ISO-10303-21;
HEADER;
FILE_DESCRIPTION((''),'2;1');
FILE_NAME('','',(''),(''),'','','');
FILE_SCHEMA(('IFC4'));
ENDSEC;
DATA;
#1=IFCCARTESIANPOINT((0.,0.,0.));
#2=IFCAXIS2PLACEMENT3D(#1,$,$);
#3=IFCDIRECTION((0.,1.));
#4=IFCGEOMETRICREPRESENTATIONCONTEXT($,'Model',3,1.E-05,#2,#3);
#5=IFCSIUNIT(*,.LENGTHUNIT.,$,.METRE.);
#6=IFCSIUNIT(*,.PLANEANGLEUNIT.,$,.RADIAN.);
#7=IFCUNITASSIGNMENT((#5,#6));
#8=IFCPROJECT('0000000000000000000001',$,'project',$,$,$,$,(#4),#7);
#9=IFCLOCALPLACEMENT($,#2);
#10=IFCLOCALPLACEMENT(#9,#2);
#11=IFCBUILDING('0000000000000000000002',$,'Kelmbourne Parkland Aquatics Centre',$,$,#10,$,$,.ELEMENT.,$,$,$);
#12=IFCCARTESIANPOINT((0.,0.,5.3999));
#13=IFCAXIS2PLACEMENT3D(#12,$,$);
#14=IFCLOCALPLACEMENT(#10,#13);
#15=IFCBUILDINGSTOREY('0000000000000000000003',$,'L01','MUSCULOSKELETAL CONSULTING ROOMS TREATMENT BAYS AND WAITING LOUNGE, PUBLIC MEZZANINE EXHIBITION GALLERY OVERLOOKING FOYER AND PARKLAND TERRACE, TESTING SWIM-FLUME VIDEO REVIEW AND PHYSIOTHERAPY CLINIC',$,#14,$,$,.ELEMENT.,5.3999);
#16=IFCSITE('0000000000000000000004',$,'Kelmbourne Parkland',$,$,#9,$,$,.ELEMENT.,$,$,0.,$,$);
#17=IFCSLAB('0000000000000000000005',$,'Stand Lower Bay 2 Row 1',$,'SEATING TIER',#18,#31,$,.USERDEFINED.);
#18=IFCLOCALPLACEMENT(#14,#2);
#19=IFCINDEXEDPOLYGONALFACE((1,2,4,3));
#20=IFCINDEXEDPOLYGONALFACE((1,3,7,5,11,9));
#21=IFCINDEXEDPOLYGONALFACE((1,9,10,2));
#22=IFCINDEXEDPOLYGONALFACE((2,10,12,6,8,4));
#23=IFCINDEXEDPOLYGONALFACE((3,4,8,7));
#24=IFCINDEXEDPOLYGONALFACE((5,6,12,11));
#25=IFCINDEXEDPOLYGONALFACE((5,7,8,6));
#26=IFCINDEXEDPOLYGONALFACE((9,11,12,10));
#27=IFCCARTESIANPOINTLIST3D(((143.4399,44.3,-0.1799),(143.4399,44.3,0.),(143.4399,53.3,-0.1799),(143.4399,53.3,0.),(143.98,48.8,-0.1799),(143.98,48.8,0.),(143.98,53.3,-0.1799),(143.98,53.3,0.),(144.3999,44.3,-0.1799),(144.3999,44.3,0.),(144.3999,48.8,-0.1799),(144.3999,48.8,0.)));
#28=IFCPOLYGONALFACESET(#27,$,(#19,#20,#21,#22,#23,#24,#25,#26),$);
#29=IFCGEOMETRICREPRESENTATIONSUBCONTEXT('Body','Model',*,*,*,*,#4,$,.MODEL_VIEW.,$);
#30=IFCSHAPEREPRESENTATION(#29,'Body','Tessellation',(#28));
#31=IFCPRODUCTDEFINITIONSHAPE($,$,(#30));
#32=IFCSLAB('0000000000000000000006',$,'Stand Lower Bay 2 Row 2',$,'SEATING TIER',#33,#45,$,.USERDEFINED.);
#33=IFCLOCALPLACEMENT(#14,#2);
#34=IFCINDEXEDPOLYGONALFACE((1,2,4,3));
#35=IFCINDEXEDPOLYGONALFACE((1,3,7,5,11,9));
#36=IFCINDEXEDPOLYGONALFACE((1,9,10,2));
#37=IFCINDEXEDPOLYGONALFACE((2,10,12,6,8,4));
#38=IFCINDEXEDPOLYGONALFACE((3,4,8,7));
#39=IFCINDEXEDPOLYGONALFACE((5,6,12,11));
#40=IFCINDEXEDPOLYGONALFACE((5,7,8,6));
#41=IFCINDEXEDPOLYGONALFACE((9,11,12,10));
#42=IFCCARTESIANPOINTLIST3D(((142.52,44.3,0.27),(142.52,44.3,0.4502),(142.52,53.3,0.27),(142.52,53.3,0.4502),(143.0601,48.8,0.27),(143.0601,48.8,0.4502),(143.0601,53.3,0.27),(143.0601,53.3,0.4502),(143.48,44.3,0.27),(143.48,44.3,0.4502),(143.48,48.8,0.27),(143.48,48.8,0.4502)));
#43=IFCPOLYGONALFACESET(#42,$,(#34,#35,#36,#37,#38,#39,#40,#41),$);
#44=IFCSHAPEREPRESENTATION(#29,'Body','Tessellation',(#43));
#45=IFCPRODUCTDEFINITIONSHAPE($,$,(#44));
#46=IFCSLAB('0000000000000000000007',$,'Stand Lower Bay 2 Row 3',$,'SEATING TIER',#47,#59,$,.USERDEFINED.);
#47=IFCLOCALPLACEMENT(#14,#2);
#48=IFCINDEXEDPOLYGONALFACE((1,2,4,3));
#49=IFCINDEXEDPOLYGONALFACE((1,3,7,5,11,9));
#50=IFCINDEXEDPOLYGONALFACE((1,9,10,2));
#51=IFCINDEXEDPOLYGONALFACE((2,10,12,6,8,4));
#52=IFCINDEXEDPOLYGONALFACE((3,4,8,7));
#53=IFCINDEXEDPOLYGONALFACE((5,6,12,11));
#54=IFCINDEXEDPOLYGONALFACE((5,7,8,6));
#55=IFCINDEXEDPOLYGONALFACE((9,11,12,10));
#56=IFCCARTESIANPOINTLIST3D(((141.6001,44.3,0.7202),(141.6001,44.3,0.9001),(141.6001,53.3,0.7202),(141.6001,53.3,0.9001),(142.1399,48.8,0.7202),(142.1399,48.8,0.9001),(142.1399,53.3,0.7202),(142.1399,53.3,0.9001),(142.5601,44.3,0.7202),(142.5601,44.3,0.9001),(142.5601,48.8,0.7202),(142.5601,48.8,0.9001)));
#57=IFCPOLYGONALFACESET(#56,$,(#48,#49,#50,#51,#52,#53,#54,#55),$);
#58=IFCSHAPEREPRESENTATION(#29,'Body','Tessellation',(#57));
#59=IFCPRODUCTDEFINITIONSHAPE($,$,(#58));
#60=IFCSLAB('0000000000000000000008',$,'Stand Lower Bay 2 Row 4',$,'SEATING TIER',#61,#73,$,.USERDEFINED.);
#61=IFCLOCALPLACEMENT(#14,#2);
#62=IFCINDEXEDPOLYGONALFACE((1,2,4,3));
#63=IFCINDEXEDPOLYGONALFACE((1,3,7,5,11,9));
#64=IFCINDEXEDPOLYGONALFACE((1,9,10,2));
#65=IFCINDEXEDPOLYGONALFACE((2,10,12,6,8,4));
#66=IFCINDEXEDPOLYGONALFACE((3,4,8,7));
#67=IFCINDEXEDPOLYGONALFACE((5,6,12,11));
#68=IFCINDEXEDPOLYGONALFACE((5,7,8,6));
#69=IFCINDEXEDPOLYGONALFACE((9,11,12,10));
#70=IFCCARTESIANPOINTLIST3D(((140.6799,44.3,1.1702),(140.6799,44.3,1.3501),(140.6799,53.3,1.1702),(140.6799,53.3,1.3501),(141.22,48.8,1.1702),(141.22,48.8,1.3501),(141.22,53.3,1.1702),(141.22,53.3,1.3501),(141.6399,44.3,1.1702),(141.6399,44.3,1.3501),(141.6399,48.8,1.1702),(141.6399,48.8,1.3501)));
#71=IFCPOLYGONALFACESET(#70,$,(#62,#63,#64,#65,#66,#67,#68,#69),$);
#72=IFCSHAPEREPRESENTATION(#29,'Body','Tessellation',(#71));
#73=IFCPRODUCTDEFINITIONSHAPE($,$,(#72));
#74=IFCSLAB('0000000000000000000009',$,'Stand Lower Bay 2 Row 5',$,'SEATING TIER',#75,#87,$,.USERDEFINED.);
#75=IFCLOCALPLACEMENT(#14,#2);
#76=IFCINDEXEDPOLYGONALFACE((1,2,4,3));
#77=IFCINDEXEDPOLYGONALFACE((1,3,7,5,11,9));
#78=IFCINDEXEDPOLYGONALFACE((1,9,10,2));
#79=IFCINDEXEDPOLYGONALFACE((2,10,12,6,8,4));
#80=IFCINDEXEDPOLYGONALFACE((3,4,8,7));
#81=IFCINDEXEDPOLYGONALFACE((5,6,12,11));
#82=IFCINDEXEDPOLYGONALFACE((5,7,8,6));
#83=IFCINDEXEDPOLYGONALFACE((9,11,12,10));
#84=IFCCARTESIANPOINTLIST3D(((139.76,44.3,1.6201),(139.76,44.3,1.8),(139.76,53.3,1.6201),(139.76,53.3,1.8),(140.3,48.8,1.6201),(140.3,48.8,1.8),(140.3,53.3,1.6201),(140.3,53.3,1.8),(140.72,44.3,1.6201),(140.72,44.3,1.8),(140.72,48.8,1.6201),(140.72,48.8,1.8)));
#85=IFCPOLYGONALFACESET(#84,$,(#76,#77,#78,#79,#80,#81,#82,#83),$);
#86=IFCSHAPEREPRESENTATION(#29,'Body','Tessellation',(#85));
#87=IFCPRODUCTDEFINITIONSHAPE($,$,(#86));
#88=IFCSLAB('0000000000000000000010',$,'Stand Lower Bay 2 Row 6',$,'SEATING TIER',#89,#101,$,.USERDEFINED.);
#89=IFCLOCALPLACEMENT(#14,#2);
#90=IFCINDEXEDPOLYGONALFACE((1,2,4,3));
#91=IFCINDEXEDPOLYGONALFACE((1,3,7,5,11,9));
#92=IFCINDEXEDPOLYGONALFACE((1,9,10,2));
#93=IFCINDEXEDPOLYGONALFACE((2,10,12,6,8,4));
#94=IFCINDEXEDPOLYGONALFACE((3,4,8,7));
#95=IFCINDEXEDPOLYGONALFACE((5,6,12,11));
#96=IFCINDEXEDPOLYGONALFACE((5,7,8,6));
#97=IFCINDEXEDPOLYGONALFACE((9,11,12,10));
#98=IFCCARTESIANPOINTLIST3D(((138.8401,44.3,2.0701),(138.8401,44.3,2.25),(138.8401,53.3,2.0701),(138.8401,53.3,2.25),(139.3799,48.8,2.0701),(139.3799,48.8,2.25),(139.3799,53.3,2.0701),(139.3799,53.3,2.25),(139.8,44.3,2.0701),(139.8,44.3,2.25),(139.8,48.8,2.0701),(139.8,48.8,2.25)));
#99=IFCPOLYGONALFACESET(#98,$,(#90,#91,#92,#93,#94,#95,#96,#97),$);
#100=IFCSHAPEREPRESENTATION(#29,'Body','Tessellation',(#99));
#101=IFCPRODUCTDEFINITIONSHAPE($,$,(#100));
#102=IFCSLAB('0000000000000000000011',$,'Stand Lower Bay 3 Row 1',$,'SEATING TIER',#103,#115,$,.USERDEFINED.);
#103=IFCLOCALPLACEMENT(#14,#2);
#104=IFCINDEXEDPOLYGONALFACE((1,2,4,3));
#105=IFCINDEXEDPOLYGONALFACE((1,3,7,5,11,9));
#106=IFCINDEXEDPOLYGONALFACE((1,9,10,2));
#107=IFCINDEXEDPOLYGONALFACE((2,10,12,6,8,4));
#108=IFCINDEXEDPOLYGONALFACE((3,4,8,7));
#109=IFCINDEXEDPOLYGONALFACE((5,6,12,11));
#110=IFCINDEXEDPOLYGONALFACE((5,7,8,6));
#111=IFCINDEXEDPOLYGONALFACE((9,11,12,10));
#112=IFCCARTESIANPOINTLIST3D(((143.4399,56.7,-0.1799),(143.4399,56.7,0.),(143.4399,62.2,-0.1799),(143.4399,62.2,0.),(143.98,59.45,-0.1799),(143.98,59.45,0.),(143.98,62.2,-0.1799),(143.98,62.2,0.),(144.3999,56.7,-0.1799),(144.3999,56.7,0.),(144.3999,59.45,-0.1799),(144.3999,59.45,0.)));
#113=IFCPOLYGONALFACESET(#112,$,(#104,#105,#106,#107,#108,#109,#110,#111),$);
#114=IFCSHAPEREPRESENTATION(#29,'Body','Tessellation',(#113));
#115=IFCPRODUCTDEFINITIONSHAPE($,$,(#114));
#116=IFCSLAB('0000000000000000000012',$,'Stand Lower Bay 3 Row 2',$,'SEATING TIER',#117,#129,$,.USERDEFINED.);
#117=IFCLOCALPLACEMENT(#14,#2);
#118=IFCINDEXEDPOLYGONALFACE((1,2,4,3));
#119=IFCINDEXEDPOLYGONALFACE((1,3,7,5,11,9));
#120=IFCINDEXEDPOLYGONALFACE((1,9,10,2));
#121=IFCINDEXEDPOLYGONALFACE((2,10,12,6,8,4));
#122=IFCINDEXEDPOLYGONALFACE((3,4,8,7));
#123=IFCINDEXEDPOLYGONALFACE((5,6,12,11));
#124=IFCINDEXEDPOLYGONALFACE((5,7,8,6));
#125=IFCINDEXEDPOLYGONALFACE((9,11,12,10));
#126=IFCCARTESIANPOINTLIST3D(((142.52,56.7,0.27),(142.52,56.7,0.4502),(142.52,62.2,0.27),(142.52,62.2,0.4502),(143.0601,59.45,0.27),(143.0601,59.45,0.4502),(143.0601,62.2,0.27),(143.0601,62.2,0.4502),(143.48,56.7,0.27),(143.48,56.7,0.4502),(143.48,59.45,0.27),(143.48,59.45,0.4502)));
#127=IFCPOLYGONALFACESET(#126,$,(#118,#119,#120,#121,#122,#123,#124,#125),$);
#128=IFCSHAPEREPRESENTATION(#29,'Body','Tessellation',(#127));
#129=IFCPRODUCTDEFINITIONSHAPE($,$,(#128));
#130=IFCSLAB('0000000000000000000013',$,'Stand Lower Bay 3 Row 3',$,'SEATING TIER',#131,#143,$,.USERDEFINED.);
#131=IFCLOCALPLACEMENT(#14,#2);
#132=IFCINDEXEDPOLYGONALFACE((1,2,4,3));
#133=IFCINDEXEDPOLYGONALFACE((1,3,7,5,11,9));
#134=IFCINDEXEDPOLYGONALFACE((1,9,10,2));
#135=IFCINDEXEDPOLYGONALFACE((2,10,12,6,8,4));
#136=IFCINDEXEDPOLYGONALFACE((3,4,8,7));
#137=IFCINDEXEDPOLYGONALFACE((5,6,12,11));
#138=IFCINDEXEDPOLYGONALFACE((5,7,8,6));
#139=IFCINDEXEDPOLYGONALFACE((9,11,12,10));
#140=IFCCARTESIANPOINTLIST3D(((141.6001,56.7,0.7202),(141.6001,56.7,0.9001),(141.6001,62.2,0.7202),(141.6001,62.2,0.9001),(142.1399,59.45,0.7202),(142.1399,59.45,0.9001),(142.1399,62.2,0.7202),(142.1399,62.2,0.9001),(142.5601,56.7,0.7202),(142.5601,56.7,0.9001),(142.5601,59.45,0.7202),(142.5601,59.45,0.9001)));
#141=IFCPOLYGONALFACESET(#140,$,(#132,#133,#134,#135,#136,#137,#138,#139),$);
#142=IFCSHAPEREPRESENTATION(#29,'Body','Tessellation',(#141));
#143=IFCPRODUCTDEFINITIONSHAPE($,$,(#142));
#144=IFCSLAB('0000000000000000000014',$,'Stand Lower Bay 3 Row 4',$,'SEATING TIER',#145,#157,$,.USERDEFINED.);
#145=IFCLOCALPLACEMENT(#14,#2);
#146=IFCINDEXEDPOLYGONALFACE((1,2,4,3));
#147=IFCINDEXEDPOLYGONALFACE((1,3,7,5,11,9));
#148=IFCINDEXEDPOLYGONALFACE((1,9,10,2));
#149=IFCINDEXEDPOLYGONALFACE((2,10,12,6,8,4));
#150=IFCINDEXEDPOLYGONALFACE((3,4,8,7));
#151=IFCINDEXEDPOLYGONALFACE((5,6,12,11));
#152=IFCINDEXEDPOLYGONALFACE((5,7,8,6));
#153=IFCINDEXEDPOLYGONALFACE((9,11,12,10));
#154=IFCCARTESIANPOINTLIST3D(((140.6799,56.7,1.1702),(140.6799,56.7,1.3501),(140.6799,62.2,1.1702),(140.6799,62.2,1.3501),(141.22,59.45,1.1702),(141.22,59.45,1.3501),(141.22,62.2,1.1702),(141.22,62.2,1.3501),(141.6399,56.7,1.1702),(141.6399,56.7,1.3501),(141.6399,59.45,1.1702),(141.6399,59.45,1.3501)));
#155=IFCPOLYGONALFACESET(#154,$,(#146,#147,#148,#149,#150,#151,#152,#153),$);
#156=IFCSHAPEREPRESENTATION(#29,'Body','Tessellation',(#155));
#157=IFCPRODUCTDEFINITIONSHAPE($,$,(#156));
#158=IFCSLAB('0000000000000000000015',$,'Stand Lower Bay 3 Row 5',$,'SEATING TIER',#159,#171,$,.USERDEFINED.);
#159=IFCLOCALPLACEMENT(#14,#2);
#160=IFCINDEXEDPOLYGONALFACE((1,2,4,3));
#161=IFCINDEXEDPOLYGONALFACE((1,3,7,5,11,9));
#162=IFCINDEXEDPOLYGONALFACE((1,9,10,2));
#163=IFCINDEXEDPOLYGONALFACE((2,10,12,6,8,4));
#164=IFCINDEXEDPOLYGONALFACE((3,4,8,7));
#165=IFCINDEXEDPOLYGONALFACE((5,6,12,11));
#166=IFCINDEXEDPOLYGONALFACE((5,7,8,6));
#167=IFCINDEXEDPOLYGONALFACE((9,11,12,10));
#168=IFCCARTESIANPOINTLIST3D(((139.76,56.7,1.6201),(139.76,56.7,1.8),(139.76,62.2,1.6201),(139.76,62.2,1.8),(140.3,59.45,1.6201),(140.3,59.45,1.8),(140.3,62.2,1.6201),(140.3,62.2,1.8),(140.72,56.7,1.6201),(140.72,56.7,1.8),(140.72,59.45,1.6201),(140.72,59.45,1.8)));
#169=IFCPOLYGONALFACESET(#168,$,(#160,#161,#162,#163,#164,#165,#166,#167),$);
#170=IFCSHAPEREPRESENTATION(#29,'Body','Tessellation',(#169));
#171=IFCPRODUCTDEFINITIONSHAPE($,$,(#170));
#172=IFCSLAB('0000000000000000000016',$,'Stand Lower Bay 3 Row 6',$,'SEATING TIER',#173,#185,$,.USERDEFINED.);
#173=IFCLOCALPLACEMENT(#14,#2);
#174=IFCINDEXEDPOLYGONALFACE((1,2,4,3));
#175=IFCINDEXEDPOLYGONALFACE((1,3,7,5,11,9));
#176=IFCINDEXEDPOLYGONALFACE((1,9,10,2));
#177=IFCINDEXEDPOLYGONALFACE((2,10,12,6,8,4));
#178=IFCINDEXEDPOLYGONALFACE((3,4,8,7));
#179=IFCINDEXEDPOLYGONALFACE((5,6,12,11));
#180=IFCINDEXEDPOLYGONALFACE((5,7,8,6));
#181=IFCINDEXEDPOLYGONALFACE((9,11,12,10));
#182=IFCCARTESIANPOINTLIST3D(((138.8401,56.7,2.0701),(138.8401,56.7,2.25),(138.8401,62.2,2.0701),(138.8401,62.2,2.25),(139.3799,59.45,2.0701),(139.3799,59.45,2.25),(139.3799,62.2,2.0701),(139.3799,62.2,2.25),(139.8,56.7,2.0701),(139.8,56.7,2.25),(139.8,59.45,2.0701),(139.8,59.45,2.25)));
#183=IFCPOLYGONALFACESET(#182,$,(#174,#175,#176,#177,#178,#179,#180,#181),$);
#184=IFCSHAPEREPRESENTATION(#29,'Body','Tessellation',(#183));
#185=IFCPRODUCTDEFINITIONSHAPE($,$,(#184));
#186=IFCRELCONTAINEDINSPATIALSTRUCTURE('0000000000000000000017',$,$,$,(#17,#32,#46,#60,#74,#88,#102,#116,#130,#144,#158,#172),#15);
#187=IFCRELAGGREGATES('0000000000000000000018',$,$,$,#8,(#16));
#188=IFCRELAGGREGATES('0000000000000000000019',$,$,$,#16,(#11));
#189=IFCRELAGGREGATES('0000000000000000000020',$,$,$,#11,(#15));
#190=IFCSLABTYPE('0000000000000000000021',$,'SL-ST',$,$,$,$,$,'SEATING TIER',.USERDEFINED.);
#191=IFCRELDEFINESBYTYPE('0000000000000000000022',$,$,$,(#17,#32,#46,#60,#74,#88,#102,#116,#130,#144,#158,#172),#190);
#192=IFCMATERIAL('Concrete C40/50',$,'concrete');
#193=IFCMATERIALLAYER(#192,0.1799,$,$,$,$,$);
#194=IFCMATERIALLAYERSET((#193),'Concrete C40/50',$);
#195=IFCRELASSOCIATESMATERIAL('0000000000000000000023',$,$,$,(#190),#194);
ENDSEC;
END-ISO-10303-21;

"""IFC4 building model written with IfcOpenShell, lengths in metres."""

from ifc_helpers import new_model, si_unit, direction, frame, origin, place, context, subcontext, project, spatial, polyline, outline, extrude, material, layer, layer_set, type_object, element, save


model = new_model("IFC4")

# Units and contexts
model_context = context("Model", 3, precision=1e-05, world=origin(), true_north=direction((0.0, 1.0)))
body_context = subcontext(model_context, "Body", "Model", "MODEL_VIEW")
ifc_project = project(units=[si_unit("LENGTHUNIT", "METRE"), si_unit("PLANEANGLEUNIT", "RADIAN")], contexts=[model_context])

# Site, building, storey
site_placement = place(None, origin())
site = spatial("IfcSite", under=ifc_project, at=site_placement, Name="Kelmbourne Parkland", CompositionType="ELEMENT", RefElevation=0.0)
building_placement = place(site_placement, origin())
building = spatial("IfcBuilding", under=site, at=building_placement, Name="Kelmbourne Parkland Aquatics Centre", CompositionType="ELEMENT")
storey_placement = place(building_placement, frame((0.0, 0.0, 5.3999)))
storey = spatial("IfcBuildingStorey", under=building, at=storey_placement, Name="L01", Description="MUSCULOSKELETAL CONSULTING ROOMS TREATMENT BAYS AND WAITING LOUNGE, PUBLIC MEZZANINE EXHIBITION GALLERY OVERLOOKING FOYER AND PARKLAND TERRACE, TESTING SWIM-FLUME VIDEO REVIEW AND PHYSIOTHERAPY CLINIC", CompositionType="ELEMENT", Elevation=5.3999)

# Slabs
ifc_material_1 = material(Name="Concrete C40/50", Category="concrete")
ifc_layer_1 = layer(ifc_material_1, 0.1799)
ifc_layer_set_1 = layer_set([ifc_layer_1], Name="Concrete C40/50")
slab_type_1 = type_object("IfcSlabType", Name="SL-ST", ElementType="SEATING TIER", PredefinedType="USERDEFINED", material=ifc_layer_set_1)
slab_1_placement = place(storey_placement, frame((0.0, 0.0, -0.1799)))
element("IfcSlab", 1, at=slab_1_placement, inside=storey, type_object=slab_type_1, Name="Stand Lower Bay 2 Row 1", ObjectType="SEATING TIER", PredefinedType="USERDEFINED", context=body_context, shape_type="SweptSolid", body=[
    extrude(outline(polyline([(143.4399, 44.3), (144.3999, 44.3), (144.3999, 48.8), (143.98, 48.8), (143.98, 53.3), (143.4399, 53.3), (143.4399, 44.3)])), origin(), (0.0, 0.0, 1.0), 0.1799),
])
slab_2_placement = place(storey_placement, frame((0.0, 0.0, 0.27)))
element("IfcSlab", 2, at=slab_2_placement, inside=storey, type_object=slab_type_1, Name="Stand Lower Bay 2 Row 2", ObjectType="SEATING TIER", PredefinedType="USERDEFINED", context=body_context, shape_type="SweptSolid", body=[
    extrude(outline(polyline([(142.52, 44.3), (143.48, 44.3), (143.48, 48.8), (143.0601, 48.8), (143.0601, 53.3), (142.52, 53.3), (142.52, 44.3)])), origin(), (0.0, 0.0, 1.0), 0.1802),
])
slab_3_placement = place(storey_placement, frame((0.0, 0.0, 0.7202)))
element("IfcSlab", 3, at=slab_3_placement, inside=storey, type_object=slab_type_1, Name="Stand Lower Bay 2 Row 3", ObjectType="SEATING TIER", PredefinedType="USERDEFINED", context=body_context, shape_type="SweptSolid", body=[
    extrude(outline(polyline([(141.6001, 44.3), (142.5601, 44.3), (142.5601, 48.8), (142.1399, 48.8), (142.1399, 53.3), (141.6001, 53.3), (141.6001, 44.3)])), origin(), (0.0, 0.0, 1.0), 0.1799),
])
slab_4_placement = place(storey_placement, frame((0.0, 0.0, 1.1702)))
element("IfcSlab", 4, at=slab_4_placement, inside=storey, type_object=slab_type_1, Name="Stand Lower Bay 2 Row 4", ObjectType="SEATING TIER", PredefinedType="USERDEFINED", context=body_context, shape_type="SweptSolid", body=[
    extrude(outline(polyline([(140.6799, 44.3), (141.6399, 44.3), (141.6399, 48.8), (141.22, 48.8), (141.22, 53.3), (140.6799, 53.3), (140.6799, 44.3)])), origin(), (0.0, 0.0, 1.0), 0.1799),
])
slab_5_placement = place(storey_placement, frame((0.0, 0.0, 1.6201)))
element("IfcSlab", 5, at=slab_5_placement, inside=storey, type_object=slab_type_1, Name="Stand Lower Bay 2 Row 5", ObjectType="SEATING TIER", PredefinedType="USERDEFINED", context=body_context, shape_type="SweptSolid", body=[
    extrude(outline(polyline([(139.76, 44.3), (140.72, 44.3), (140.72, 48.8), (140.3, 48.8), (140.3, 53.3), (139.76, 53.3), (139.76, 44.3)])), origin(), (0.0, 0.0, 1.0), 0.1799),
])
slab_6_placement = place(storey_placement, frame((0.0, 0.0, 2.0701)))
element("IfcSlab", 6, at=slab_6_placement, inside=storey, type_object=slab_type_1, Name="Stand Lower Bay 2 Row 6", ObjectType="SEATING TIER", PredefinedType="USERDEFINED", context=body_context, shape_type="SweptSolid", body=[
    extrude(outline(polyline([(138.8401, 44.3), (139.8, 44.3), (139.8, 48.8), (139.3799, 48.8), (139.3799, 53.3), (138.8401, 53.3), (138.8401, 44.3)])), origin(), (0.0, 0.0, 1.0), 0.1799),
])
slab_7_placement = place(storey_placement, frame((0.0, 0.0, -0.1799)))
element("IfcSlab", 7, at=slab_7_placement, inside=storey, type_object=slab_type_1, Name="Stand Lower Bay 3 Row 1", ObjectType="SEATING TIER", PredefinedType="USERDEFINED", context=body_context, shape_type="SweptSolid", body=[
    extrude(outline(polyline([(143.4399, 56.7), (144.3999, 56.7), (144.3999, 59.45), (143.98, 59.45), (143.98, 62.2), (143.4399, 62.2), (143.4399, 56.7)])), origin(), (0.0, 0.0, 1.0), 0.1799),
])
slab_8_placement = place(storey_placement, frame((0.0, 0.0, 0.27)))
element("IfcSlab", 8, at=slab_8_placement, inside=storey, type_object=slab_type_1, Name="Stand Lower Bay 3 Row 2", ObjectType="SEATING TIER", PredefinedType="USERDEFINED", context=body_context, shape_type="SweptSolid", body=[
    extrude(outline(polyline([(142.52, 56.7), (143.48, 56.7), (143.48, 59.45), (143.0601, 59.45), (143.0601, 62.2), (142.52, 62.2), (142.52, 56.7)])), origin(), (0.0, 0.0, 1.0), 0.1802),
])
slab_9_placement = place(storey_placement, frame((0.0, 0.0, 0.7202)))
element("IfcSlab", 9, at=slab_9_placement, inside=storey, type_object=slab_type_1, Name="Stand Lower Bay 3 Row 3", ObjectType="SEATING TIER", PredefinedType="USERDEFINED", context=body_context, shape_type="SweptSolid", body=[
    extrude(outline(polyline([(141.6001, 56.7), (142.5601, 56.7), (142.5601, 59.45), (142.1399, 59.45), (142.1399, 62.2), (141.6001, 62.2), (141.6001, 56.7)])), origin(), (0.0, 0.0, 1.0), 0.1799),
])
slab_10_placement = place(storey_placement, frame((0.0, 0.0, 1.1702)))
element("IfcSlab", 10, at=slab_10_placement, inside=storey, type_object=slab_type_1, Name="Stand Lower Bay 3 Row 4", ObjectType="SEATING TIER", PredefinedType="USERDEFINED", context=body_context, shape_type="SweptSolid", body=[
    extrude(outline(polyline([(140.6799, 56.7), (141.6399, 56.7), (141.6399, 59.45), (141.22, 59.45), (141.22, 62.2), (140.6799, 62.2), (140.6799, 56.7)])), origin(), (0.0, 0.0, 1.0), 0.1799),
])
slab_11_placement = place(storey_placement, frame((0.0, 0.0, 1.6201)))
element("IfcSlab", 11, at=slab_11_placement, inside=storey, type_object=slab_type_1, Name="Stand Lower Bay 3 Row 5", ObjectType="SEATING TIER", PredefinedType="USERDEFINED", context=body_context, shape_type="SweptSolid", body=[
    extrude(outline(polyline([(139.76, 56.7), (140.72, 56.7), (140.72, 59.45), (140.3, 59.45), (140.3, 62.2), (139.76, 62.2), (139.76, 56.7)])), origin(), (0.0, 0.0, 1.0), 0.1799),
])
slab_12_placement = place(storey_placement, frame((0.0, 0.0, 2.0701)))
element("IfcSlab", 12, at=slab_12_placement, inside=storey, type_object=slab_type_1, Name="Stand Lower Bay 3 Row 6", ObjectType="SEATING TIER", PredefinedType="USERDEFINED", context=body_context, shape_type="SweptSolid", body=[
    extrude(outline(polyline([(138.8401, 56.7), (139.8, 56.7), (139.8, 59.45), (139.3799, 59.45), (139.3799, 62.2), (138.8401, 62.2), (138.8401, 56.7)])), origin(), (0.0, 0.0, 1.0), 0.1799),
])

save(model, "model.ifc")
